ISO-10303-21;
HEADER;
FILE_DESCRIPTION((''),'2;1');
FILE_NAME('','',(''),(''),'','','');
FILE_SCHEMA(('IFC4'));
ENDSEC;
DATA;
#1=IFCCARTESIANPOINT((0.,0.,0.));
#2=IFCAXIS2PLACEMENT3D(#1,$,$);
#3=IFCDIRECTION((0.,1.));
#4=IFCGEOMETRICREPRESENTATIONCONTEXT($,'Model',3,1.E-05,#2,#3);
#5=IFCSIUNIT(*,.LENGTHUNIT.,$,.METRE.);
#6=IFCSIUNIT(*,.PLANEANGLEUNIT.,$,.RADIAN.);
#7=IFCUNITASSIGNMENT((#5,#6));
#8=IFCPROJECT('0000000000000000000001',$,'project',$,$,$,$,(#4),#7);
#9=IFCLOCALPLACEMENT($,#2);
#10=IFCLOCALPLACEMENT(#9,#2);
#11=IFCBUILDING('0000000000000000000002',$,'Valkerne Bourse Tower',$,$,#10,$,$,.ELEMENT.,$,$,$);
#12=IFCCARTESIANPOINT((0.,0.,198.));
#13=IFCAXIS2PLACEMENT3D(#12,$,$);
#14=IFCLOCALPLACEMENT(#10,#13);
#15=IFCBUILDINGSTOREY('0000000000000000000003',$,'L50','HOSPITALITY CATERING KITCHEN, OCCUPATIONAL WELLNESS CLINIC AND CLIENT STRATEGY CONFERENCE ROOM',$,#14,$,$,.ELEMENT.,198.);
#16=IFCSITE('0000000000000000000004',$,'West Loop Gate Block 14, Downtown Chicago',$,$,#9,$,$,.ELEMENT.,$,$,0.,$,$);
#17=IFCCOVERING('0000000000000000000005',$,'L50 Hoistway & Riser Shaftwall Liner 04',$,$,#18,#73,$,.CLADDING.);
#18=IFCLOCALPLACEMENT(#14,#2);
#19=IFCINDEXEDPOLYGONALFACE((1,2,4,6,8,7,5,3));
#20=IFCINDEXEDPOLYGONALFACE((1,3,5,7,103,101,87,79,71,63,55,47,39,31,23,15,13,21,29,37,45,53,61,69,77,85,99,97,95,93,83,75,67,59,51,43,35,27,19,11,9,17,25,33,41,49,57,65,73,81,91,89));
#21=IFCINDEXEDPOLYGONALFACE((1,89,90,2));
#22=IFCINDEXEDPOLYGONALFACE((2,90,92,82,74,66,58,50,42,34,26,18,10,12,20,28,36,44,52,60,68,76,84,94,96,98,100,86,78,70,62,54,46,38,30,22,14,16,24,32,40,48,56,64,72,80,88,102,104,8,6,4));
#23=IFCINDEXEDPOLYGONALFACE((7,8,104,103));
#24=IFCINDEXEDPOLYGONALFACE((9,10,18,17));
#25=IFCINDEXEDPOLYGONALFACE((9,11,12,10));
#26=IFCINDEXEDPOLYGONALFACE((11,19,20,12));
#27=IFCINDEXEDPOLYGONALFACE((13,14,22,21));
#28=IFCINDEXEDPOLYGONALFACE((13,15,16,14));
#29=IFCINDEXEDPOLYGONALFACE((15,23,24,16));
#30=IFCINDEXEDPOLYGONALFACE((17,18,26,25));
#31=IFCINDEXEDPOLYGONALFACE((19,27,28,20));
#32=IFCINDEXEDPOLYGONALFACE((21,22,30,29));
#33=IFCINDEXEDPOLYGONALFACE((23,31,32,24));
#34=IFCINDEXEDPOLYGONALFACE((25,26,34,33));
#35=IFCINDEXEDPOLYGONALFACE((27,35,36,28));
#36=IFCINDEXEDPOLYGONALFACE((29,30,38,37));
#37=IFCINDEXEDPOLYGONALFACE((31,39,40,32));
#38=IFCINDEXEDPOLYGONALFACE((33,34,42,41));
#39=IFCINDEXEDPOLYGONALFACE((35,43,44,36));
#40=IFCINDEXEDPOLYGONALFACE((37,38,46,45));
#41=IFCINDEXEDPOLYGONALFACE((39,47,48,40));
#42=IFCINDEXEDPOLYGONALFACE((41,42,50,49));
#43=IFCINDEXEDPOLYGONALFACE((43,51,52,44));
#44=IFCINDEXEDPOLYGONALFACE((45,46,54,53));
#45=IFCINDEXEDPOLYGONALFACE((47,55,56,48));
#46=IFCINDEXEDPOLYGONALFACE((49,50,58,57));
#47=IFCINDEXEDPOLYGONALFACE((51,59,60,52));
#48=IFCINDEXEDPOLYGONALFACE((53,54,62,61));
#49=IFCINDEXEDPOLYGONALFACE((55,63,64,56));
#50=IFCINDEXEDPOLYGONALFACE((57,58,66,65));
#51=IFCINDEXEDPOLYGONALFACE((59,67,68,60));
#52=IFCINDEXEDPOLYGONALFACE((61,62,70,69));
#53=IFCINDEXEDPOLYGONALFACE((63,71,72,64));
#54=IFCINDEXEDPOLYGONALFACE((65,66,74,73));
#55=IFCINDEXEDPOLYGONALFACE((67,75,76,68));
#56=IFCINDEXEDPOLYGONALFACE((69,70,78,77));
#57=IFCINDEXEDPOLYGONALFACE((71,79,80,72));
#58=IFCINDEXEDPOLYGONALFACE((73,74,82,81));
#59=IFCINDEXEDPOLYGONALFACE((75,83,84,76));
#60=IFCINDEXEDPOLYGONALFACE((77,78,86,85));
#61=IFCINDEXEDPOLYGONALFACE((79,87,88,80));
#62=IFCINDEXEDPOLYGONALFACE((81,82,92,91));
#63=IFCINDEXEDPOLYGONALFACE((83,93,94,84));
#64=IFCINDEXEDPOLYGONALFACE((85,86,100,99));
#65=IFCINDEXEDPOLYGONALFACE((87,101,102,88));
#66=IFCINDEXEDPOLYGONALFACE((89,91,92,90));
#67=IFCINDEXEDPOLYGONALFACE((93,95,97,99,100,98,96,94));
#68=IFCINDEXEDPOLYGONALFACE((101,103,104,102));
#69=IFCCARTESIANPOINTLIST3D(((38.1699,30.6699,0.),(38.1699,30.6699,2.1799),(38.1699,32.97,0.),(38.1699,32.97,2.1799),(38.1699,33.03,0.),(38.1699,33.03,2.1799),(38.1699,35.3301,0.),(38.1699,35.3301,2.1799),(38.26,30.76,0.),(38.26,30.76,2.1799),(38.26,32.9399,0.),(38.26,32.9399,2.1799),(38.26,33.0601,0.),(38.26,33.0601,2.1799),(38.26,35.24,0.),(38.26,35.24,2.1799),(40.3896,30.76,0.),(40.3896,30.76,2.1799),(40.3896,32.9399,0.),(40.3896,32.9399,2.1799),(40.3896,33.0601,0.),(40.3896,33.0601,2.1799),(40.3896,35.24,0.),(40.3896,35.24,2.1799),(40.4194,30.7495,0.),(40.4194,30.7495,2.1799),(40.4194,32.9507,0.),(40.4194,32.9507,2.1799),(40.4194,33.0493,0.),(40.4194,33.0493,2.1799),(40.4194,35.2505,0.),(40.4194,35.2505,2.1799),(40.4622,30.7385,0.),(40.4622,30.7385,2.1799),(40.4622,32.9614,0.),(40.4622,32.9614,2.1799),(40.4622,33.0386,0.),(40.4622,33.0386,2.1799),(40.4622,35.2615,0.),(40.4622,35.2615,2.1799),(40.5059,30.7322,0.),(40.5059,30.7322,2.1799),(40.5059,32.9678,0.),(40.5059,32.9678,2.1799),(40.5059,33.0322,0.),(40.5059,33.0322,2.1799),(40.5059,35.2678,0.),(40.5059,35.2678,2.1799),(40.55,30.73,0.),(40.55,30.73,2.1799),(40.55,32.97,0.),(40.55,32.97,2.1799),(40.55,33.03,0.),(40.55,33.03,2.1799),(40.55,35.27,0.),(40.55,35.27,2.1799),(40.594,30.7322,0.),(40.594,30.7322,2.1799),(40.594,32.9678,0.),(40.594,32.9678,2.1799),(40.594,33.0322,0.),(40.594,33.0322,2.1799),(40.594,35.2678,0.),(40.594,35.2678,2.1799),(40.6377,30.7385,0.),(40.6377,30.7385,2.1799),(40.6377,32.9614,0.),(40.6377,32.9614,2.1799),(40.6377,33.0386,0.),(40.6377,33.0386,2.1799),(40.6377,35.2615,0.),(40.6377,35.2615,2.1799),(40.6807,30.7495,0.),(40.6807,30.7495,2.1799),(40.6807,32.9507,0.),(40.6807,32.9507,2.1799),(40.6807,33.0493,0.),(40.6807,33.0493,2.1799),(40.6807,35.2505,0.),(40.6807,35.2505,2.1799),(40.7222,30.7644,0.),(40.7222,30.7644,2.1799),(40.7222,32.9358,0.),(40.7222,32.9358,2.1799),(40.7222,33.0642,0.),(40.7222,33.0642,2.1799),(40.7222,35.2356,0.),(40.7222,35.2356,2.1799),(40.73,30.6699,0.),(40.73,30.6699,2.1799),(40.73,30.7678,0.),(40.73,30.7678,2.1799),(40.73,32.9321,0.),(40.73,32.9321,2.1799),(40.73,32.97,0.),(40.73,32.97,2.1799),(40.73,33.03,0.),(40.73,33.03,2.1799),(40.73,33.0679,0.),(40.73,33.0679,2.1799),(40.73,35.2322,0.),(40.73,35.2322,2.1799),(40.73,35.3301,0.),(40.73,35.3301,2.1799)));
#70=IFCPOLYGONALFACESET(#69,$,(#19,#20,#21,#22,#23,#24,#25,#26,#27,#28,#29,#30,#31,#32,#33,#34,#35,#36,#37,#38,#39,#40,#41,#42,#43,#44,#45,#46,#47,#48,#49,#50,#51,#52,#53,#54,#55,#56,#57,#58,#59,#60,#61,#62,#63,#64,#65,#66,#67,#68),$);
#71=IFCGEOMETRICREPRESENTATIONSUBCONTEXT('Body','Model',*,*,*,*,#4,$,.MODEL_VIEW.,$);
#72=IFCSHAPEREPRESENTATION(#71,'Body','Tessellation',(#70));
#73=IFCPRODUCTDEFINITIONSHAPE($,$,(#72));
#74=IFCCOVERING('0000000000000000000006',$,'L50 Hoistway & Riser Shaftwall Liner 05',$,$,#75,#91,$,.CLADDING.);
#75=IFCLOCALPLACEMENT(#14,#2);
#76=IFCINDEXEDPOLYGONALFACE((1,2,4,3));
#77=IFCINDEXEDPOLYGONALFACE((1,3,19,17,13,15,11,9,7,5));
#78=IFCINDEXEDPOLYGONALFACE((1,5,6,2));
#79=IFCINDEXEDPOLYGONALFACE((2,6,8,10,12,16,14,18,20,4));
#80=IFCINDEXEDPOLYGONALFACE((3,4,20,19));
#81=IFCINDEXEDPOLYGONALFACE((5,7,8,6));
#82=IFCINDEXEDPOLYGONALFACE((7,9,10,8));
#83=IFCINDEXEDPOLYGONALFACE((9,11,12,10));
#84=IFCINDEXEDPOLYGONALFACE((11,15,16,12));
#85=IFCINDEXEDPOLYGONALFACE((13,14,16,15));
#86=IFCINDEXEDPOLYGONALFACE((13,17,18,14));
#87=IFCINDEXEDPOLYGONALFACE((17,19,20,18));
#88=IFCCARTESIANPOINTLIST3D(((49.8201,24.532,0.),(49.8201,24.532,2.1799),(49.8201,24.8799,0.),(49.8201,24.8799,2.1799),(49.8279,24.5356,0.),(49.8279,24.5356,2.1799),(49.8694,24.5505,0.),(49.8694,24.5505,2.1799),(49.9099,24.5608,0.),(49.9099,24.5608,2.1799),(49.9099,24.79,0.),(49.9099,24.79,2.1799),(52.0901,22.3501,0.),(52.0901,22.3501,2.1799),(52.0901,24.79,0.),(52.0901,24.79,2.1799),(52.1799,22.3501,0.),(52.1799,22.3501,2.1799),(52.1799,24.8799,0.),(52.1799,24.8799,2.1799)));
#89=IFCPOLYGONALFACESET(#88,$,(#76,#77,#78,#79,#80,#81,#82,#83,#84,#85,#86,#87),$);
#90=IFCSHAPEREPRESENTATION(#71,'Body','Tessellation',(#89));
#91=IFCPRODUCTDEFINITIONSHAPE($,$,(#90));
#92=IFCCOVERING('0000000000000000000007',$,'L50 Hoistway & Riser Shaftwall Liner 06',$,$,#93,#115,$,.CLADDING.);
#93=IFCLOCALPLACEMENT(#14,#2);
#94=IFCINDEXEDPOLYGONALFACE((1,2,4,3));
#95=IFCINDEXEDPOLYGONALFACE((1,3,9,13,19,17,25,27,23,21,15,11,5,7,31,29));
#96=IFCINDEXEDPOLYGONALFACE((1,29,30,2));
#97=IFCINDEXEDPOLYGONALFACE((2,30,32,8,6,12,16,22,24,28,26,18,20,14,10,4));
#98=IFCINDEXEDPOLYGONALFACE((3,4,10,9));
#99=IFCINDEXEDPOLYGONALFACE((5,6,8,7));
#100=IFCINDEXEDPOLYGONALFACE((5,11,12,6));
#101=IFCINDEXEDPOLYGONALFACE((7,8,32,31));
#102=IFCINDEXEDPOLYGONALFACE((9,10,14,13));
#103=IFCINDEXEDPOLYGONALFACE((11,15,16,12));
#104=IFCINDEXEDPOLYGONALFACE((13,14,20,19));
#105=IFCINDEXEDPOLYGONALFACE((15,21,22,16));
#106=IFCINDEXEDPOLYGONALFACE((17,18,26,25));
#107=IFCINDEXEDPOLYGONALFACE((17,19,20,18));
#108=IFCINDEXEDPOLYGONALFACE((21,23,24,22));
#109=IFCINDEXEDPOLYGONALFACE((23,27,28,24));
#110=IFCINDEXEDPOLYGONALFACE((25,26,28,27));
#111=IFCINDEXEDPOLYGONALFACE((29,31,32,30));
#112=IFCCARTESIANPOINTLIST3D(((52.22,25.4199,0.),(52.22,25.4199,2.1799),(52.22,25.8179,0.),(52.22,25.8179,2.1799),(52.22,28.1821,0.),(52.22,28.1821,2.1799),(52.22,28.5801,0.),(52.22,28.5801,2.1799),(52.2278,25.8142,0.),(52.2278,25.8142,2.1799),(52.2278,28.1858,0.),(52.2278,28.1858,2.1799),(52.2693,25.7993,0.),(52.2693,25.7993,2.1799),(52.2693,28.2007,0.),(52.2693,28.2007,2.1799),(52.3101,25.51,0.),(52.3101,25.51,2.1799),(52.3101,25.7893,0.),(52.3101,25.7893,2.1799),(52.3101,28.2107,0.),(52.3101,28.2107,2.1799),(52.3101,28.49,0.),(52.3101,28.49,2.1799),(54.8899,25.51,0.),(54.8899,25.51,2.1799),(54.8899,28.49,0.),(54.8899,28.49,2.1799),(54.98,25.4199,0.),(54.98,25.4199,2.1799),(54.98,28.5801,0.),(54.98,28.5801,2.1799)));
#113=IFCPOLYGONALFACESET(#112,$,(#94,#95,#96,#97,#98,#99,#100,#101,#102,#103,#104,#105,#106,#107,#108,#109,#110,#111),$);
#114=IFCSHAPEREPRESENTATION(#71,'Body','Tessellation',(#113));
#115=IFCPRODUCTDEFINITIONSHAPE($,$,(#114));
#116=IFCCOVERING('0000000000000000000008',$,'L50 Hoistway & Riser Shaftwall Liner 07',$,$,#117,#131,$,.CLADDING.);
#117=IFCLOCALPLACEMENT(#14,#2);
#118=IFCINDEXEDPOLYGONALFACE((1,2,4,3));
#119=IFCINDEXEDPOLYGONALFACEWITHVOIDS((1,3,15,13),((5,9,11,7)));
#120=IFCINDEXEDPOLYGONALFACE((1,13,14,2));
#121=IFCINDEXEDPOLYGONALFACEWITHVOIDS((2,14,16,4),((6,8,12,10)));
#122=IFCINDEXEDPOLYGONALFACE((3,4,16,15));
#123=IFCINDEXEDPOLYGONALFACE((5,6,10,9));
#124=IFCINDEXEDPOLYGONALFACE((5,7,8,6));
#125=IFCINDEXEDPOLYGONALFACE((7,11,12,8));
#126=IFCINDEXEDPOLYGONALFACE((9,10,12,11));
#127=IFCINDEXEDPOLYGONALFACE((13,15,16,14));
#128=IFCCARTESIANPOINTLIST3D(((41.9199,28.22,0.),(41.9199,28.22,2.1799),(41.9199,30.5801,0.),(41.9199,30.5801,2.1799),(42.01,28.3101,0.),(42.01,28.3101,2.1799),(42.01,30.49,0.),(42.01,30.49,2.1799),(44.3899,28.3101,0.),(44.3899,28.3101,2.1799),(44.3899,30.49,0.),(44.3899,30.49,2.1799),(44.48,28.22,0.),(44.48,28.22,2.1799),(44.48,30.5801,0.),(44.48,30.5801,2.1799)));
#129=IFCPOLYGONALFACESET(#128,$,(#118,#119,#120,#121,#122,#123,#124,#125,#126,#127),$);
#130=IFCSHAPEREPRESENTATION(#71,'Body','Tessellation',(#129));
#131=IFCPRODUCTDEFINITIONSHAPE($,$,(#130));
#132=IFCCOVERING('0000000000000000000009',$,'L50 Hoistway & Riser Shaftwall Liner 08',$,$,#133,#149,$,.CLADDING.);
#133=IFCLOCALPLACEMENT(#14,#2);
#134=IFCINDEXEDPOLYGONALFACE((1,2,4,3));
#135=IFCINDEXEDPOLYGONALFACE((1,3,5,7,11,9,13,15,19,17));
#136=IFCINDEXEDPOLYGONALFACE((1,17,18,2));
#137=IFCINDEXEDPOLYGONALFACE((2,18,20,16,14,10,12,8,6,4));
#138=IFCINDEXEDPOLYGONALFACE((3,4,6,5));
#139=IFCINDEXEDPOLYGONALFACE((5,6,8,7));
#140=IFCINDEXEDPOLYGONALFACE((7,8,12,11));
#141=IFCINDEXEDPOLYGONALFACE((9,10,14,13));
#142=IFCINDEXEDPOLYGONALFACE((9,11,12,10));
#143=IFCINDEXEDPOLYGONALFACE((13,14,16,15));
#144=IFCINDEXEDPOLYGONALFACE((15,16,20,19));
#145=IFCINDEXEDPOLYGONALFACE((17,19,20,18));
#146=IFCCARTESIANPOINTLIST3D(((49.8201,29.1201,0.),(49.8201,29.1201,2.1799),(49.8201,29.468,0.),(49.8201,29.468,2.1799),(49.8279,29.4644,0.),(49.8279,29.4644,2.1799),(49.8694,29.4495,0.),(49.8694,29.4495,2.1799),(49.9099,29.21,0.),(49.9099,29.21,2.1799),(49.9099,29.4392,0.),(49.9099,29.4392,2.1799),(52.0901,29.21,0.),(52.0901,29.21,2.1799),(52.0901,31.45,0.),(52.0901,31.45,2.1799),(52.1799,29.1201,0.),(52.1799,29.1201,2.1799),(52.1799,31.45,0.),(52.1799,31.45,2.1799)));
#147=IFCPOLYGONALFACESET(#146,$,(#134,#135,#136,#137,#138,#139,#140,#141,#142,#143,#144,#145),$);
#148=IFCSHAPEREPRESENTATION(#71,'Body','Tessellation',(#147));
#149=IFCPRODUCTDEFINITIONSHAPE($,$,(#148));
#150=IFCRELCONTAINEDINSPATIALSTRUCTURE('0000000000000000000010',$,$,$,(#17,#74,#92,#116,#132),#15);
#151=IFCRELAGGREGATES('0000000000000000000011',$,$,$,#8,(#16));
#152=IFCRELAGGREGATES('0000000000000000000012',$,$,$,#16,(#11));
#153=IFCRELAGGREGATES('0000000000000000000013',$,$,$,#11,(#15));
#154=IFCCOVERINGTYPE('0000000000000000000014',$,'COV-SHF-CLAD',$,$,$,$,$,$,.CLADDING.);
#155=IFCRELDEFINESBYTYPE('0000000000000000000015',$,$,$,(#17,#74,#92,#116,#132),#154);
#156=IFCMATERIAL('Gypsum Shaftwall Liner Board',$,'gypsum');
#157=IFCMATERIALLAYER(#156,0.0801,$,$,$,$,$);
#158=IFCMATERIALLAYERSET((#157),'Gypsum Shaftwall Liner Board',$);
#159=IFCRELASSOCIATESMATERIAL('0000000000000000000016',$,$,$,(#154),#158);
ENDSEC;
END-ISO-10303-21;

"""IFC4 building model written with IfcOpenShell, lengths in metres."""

from ifc_helpers import new_model, si_unit, direction, frame, origin, place, context, subcontext, project, spatial, polyline, outline, extrude, material, layer, layer_set, type_object, element, save


model = new_model("IFC4")

# Units and contexts
model_context = context("Model", 3, precision=1e-05, world=origin(), true_north=direction((0.0, 1.0)))
body_context = subcontext(model_context, "Body", "Model", "MODEL_VIEW")
ifc_project = project(units=[si_unit("LENGTHUNIT", "METRE"), si_unit("PLANEANGLEUNIT", "RADIAN")], contexts=[model_context])

# Site, building, storey
site_placement = place(None, origin())
site = spatial("IfcSite", under=ifc_project, at=site_placement, Name="West Loop Gate Block 14, Downtown Chicago", CompositionType="ELEMENT", RefElevation=0.0)
building_placement = place(site_placement, origin())
building = spatial("IfcBuilding", under=site, at=building_placement, Name="Valkerne Bourse Tower", CompositionType="ELEMENT")
storey_placement = place(building_placement, frame((0.0, 0.0, 198.0)))
storey = spatial("IfcBuildingStorey", under=building, at=storey_placement, Name="L50", Description="HOSPITALITY CATERING KITCHEN, OCCUPATIONAL WELLNESS CLINIC AND CLIENT STRATEGY CONFERENCE ROOM", CompositionType="ELEMENT", Elevation=198.0)

# Coverings
ifc_material_1 = material(Name="Gypsum Shaftwall Liner Board", Category="gypsum")
ifc_layer_1 = layer(ifc_material_1, 0.0801)
ifc_layer_set_1 = layer_set([ifc_layer_1], Name="Gypsum Shaftwall Liner Board")
covering_type_1 = type_object("IfcCoveringType", Name="COV-SHF-CLAD", PredefinedType="CLADDING", material=ifc_layer_set_1)
covering_1_placement = place(storey_placement, origin())
element("IfcCovering", 1, at=covering_1_placement, inside=storey, type_object=covering_type_1, Name="L50 Hoistway & Riser Shaftwall Liner 04", PredefinedType="CLADDING", context=body_context, shape_type="SweptSolid", body=[
    extrude(outline(polyline([(38.1699, 35.3301), (40.73, 35.3301), (40.73, 35.2322), (40.7222, 35.2356), (40.6807, 35.2505), (40.6377, 35.2615), (40.594, 35.2678), (40.55, 35.27), (40.5059, 35.2678), (40.4622, 35.2615), (40.4194, 35.2505), (40.3896, 35.24), (38.26, 35.24), (38.26, 33.0601), (40.3896, 33.0601), (40.4194, 33.0493), (40.4622, 33.0386), (40.5059, 33.0322), (40.55, 33.03), (40.594, 33.0322), (40.6377, 33.0386), (40.6807, 33.0493), (40.7222, 33.0642), (40.73, 33.0679), (40.73, 33.03), (40.73, 32.97), (40.73, 32.9321), (40.7222, 32.9358), (40.6807, 32.9507), (40.6377, 32.9614), (40.594, 32.9678), (40.55, 32.97), (40.5059, 32.9678), (40.4622, 32.9614), (40.4194, 32.9507), (40.3896, 32.9399), (38.26, 32.9399), (38.26, 30.76), (40.3896, 30.76), (40.4194, 30.7495), (40.4622, 30.7385), (40.5059, 30.7322), (40.55, 30.73), (40.594, 30.7322), (40.6377, 30.7385), (40.6807, 30.7495), (40.7222, 30.7644), (40.73, 30.7678), (40.73, 30.6699), (38.1699, 30.6699), (38.1699, 32.97), (38.1699, 33.03), (38.1699, 35.3301)])), origin(), (0.0, 0.0, 1.0), 2.1799),
])
covering_2_placement = place(storey_placement, origin())
element("IfcCovering", 2, at=covering_2_placement, inside=storey, type_object=covering_type_1, Name="L50 Hoistway & Riser Shaftwall Liner 05", PredefinedType="CLADDING", context=body_context, shape_type="SweptSolid", body=[
    extrude(outline(polyline([(52.1799, 22.3501), (52.0901, 22.3501), (52.0901, 24.79), (49.9099, 24.79), (49.9099, 24.5608), (49.8694, 24.5505), (49.8279, 24.5356), (49.8201, 24.532), (49.8201, 24.8799), (52.1799, 24.8799), (52.1799, 22.3501)])), origin(), (0.0, 0.0, 1.0), 2.1799),
])
covering_3_placement = place(storey_placement, origin())
element("IfcCovering", 3, at=covering_3_placement, inside=storey, type_object=covering_type_1, Name="L50 Hoistway & Riser Shaftwall Liner 06", PredefinedType="CLADDING", context=body_context, shape_type="SweptSolid", body=[
    extrude(outline(polyline([(54.98, 25.4199), (52.22, 25.4199), (52.22, 25.8179), (52.2278, 25.8142), (52.2693, 25.7993), (52.3101, 25.7893), (52.3101, 25.51), (54.8899, 25.51), (54.8899, 28.49), (52.3101, 28.49), (52.3101, 28.2107), (52.2693, 28.2007), (52.2278, 28.1858), (52.22, 28.1821), (52.22, 28.5801), (54.98, 28.5801), (54.98, 25.4199)])), origin(), (0.0, 0.0, 1.0), 2.1799),
])
covering_4_placement = place(storey_placement, origin())
element("IfcCovering", 4, at=covering_4_placement, inside=storey, type_object=covering_type_1, Name="L50 Hoistway & Riser Shaftwall Liner 07", PredefinedType="CLADDING", context=body_context, shape_type="SweptSolid", body=[
    extrude(outline(polyline([(44.48, 28.22), (41.9199, 28.22), (41.9199, 30.5801), (44.48, 30.5801), (44.48, 28.22)]), holes=[polyline([(42.01, 30.49), (42.01, 28.3101), (44.3899, 28.3101), (44.3899, 30.49), (42.01, 30.49)])]), origin(), (0.0, 0.0, 1.0), 2.1799),
])
covering_5_placement = place(storey_placement, origin())
element("IfcCovering", 5, at=covering_5_placement, inside=storey, type_object=covering_type_1, Name="L50 Hoistway & Riser Shaftwall Liner 08", PredefinedType="CLADDING", context=body_context, shape_type="SweptSolid", body=[
    extrude(outline(polyline([(49.8201, 29.1201), (49.8201, 29.468), (49.8279, 29.4644), (49.8694, 29.4495), (49.9099, 29.4392), (49.9099, 29.21), (52.0901, 29.21), (52.0901, 31.45), (52.1799, 31.45), (52.1799, 29.1201), (49.8201, 29.1201)])), origin(), (0.0, 0.0, 1.0), 2.1799),
])

save(model, "model.ifc")
